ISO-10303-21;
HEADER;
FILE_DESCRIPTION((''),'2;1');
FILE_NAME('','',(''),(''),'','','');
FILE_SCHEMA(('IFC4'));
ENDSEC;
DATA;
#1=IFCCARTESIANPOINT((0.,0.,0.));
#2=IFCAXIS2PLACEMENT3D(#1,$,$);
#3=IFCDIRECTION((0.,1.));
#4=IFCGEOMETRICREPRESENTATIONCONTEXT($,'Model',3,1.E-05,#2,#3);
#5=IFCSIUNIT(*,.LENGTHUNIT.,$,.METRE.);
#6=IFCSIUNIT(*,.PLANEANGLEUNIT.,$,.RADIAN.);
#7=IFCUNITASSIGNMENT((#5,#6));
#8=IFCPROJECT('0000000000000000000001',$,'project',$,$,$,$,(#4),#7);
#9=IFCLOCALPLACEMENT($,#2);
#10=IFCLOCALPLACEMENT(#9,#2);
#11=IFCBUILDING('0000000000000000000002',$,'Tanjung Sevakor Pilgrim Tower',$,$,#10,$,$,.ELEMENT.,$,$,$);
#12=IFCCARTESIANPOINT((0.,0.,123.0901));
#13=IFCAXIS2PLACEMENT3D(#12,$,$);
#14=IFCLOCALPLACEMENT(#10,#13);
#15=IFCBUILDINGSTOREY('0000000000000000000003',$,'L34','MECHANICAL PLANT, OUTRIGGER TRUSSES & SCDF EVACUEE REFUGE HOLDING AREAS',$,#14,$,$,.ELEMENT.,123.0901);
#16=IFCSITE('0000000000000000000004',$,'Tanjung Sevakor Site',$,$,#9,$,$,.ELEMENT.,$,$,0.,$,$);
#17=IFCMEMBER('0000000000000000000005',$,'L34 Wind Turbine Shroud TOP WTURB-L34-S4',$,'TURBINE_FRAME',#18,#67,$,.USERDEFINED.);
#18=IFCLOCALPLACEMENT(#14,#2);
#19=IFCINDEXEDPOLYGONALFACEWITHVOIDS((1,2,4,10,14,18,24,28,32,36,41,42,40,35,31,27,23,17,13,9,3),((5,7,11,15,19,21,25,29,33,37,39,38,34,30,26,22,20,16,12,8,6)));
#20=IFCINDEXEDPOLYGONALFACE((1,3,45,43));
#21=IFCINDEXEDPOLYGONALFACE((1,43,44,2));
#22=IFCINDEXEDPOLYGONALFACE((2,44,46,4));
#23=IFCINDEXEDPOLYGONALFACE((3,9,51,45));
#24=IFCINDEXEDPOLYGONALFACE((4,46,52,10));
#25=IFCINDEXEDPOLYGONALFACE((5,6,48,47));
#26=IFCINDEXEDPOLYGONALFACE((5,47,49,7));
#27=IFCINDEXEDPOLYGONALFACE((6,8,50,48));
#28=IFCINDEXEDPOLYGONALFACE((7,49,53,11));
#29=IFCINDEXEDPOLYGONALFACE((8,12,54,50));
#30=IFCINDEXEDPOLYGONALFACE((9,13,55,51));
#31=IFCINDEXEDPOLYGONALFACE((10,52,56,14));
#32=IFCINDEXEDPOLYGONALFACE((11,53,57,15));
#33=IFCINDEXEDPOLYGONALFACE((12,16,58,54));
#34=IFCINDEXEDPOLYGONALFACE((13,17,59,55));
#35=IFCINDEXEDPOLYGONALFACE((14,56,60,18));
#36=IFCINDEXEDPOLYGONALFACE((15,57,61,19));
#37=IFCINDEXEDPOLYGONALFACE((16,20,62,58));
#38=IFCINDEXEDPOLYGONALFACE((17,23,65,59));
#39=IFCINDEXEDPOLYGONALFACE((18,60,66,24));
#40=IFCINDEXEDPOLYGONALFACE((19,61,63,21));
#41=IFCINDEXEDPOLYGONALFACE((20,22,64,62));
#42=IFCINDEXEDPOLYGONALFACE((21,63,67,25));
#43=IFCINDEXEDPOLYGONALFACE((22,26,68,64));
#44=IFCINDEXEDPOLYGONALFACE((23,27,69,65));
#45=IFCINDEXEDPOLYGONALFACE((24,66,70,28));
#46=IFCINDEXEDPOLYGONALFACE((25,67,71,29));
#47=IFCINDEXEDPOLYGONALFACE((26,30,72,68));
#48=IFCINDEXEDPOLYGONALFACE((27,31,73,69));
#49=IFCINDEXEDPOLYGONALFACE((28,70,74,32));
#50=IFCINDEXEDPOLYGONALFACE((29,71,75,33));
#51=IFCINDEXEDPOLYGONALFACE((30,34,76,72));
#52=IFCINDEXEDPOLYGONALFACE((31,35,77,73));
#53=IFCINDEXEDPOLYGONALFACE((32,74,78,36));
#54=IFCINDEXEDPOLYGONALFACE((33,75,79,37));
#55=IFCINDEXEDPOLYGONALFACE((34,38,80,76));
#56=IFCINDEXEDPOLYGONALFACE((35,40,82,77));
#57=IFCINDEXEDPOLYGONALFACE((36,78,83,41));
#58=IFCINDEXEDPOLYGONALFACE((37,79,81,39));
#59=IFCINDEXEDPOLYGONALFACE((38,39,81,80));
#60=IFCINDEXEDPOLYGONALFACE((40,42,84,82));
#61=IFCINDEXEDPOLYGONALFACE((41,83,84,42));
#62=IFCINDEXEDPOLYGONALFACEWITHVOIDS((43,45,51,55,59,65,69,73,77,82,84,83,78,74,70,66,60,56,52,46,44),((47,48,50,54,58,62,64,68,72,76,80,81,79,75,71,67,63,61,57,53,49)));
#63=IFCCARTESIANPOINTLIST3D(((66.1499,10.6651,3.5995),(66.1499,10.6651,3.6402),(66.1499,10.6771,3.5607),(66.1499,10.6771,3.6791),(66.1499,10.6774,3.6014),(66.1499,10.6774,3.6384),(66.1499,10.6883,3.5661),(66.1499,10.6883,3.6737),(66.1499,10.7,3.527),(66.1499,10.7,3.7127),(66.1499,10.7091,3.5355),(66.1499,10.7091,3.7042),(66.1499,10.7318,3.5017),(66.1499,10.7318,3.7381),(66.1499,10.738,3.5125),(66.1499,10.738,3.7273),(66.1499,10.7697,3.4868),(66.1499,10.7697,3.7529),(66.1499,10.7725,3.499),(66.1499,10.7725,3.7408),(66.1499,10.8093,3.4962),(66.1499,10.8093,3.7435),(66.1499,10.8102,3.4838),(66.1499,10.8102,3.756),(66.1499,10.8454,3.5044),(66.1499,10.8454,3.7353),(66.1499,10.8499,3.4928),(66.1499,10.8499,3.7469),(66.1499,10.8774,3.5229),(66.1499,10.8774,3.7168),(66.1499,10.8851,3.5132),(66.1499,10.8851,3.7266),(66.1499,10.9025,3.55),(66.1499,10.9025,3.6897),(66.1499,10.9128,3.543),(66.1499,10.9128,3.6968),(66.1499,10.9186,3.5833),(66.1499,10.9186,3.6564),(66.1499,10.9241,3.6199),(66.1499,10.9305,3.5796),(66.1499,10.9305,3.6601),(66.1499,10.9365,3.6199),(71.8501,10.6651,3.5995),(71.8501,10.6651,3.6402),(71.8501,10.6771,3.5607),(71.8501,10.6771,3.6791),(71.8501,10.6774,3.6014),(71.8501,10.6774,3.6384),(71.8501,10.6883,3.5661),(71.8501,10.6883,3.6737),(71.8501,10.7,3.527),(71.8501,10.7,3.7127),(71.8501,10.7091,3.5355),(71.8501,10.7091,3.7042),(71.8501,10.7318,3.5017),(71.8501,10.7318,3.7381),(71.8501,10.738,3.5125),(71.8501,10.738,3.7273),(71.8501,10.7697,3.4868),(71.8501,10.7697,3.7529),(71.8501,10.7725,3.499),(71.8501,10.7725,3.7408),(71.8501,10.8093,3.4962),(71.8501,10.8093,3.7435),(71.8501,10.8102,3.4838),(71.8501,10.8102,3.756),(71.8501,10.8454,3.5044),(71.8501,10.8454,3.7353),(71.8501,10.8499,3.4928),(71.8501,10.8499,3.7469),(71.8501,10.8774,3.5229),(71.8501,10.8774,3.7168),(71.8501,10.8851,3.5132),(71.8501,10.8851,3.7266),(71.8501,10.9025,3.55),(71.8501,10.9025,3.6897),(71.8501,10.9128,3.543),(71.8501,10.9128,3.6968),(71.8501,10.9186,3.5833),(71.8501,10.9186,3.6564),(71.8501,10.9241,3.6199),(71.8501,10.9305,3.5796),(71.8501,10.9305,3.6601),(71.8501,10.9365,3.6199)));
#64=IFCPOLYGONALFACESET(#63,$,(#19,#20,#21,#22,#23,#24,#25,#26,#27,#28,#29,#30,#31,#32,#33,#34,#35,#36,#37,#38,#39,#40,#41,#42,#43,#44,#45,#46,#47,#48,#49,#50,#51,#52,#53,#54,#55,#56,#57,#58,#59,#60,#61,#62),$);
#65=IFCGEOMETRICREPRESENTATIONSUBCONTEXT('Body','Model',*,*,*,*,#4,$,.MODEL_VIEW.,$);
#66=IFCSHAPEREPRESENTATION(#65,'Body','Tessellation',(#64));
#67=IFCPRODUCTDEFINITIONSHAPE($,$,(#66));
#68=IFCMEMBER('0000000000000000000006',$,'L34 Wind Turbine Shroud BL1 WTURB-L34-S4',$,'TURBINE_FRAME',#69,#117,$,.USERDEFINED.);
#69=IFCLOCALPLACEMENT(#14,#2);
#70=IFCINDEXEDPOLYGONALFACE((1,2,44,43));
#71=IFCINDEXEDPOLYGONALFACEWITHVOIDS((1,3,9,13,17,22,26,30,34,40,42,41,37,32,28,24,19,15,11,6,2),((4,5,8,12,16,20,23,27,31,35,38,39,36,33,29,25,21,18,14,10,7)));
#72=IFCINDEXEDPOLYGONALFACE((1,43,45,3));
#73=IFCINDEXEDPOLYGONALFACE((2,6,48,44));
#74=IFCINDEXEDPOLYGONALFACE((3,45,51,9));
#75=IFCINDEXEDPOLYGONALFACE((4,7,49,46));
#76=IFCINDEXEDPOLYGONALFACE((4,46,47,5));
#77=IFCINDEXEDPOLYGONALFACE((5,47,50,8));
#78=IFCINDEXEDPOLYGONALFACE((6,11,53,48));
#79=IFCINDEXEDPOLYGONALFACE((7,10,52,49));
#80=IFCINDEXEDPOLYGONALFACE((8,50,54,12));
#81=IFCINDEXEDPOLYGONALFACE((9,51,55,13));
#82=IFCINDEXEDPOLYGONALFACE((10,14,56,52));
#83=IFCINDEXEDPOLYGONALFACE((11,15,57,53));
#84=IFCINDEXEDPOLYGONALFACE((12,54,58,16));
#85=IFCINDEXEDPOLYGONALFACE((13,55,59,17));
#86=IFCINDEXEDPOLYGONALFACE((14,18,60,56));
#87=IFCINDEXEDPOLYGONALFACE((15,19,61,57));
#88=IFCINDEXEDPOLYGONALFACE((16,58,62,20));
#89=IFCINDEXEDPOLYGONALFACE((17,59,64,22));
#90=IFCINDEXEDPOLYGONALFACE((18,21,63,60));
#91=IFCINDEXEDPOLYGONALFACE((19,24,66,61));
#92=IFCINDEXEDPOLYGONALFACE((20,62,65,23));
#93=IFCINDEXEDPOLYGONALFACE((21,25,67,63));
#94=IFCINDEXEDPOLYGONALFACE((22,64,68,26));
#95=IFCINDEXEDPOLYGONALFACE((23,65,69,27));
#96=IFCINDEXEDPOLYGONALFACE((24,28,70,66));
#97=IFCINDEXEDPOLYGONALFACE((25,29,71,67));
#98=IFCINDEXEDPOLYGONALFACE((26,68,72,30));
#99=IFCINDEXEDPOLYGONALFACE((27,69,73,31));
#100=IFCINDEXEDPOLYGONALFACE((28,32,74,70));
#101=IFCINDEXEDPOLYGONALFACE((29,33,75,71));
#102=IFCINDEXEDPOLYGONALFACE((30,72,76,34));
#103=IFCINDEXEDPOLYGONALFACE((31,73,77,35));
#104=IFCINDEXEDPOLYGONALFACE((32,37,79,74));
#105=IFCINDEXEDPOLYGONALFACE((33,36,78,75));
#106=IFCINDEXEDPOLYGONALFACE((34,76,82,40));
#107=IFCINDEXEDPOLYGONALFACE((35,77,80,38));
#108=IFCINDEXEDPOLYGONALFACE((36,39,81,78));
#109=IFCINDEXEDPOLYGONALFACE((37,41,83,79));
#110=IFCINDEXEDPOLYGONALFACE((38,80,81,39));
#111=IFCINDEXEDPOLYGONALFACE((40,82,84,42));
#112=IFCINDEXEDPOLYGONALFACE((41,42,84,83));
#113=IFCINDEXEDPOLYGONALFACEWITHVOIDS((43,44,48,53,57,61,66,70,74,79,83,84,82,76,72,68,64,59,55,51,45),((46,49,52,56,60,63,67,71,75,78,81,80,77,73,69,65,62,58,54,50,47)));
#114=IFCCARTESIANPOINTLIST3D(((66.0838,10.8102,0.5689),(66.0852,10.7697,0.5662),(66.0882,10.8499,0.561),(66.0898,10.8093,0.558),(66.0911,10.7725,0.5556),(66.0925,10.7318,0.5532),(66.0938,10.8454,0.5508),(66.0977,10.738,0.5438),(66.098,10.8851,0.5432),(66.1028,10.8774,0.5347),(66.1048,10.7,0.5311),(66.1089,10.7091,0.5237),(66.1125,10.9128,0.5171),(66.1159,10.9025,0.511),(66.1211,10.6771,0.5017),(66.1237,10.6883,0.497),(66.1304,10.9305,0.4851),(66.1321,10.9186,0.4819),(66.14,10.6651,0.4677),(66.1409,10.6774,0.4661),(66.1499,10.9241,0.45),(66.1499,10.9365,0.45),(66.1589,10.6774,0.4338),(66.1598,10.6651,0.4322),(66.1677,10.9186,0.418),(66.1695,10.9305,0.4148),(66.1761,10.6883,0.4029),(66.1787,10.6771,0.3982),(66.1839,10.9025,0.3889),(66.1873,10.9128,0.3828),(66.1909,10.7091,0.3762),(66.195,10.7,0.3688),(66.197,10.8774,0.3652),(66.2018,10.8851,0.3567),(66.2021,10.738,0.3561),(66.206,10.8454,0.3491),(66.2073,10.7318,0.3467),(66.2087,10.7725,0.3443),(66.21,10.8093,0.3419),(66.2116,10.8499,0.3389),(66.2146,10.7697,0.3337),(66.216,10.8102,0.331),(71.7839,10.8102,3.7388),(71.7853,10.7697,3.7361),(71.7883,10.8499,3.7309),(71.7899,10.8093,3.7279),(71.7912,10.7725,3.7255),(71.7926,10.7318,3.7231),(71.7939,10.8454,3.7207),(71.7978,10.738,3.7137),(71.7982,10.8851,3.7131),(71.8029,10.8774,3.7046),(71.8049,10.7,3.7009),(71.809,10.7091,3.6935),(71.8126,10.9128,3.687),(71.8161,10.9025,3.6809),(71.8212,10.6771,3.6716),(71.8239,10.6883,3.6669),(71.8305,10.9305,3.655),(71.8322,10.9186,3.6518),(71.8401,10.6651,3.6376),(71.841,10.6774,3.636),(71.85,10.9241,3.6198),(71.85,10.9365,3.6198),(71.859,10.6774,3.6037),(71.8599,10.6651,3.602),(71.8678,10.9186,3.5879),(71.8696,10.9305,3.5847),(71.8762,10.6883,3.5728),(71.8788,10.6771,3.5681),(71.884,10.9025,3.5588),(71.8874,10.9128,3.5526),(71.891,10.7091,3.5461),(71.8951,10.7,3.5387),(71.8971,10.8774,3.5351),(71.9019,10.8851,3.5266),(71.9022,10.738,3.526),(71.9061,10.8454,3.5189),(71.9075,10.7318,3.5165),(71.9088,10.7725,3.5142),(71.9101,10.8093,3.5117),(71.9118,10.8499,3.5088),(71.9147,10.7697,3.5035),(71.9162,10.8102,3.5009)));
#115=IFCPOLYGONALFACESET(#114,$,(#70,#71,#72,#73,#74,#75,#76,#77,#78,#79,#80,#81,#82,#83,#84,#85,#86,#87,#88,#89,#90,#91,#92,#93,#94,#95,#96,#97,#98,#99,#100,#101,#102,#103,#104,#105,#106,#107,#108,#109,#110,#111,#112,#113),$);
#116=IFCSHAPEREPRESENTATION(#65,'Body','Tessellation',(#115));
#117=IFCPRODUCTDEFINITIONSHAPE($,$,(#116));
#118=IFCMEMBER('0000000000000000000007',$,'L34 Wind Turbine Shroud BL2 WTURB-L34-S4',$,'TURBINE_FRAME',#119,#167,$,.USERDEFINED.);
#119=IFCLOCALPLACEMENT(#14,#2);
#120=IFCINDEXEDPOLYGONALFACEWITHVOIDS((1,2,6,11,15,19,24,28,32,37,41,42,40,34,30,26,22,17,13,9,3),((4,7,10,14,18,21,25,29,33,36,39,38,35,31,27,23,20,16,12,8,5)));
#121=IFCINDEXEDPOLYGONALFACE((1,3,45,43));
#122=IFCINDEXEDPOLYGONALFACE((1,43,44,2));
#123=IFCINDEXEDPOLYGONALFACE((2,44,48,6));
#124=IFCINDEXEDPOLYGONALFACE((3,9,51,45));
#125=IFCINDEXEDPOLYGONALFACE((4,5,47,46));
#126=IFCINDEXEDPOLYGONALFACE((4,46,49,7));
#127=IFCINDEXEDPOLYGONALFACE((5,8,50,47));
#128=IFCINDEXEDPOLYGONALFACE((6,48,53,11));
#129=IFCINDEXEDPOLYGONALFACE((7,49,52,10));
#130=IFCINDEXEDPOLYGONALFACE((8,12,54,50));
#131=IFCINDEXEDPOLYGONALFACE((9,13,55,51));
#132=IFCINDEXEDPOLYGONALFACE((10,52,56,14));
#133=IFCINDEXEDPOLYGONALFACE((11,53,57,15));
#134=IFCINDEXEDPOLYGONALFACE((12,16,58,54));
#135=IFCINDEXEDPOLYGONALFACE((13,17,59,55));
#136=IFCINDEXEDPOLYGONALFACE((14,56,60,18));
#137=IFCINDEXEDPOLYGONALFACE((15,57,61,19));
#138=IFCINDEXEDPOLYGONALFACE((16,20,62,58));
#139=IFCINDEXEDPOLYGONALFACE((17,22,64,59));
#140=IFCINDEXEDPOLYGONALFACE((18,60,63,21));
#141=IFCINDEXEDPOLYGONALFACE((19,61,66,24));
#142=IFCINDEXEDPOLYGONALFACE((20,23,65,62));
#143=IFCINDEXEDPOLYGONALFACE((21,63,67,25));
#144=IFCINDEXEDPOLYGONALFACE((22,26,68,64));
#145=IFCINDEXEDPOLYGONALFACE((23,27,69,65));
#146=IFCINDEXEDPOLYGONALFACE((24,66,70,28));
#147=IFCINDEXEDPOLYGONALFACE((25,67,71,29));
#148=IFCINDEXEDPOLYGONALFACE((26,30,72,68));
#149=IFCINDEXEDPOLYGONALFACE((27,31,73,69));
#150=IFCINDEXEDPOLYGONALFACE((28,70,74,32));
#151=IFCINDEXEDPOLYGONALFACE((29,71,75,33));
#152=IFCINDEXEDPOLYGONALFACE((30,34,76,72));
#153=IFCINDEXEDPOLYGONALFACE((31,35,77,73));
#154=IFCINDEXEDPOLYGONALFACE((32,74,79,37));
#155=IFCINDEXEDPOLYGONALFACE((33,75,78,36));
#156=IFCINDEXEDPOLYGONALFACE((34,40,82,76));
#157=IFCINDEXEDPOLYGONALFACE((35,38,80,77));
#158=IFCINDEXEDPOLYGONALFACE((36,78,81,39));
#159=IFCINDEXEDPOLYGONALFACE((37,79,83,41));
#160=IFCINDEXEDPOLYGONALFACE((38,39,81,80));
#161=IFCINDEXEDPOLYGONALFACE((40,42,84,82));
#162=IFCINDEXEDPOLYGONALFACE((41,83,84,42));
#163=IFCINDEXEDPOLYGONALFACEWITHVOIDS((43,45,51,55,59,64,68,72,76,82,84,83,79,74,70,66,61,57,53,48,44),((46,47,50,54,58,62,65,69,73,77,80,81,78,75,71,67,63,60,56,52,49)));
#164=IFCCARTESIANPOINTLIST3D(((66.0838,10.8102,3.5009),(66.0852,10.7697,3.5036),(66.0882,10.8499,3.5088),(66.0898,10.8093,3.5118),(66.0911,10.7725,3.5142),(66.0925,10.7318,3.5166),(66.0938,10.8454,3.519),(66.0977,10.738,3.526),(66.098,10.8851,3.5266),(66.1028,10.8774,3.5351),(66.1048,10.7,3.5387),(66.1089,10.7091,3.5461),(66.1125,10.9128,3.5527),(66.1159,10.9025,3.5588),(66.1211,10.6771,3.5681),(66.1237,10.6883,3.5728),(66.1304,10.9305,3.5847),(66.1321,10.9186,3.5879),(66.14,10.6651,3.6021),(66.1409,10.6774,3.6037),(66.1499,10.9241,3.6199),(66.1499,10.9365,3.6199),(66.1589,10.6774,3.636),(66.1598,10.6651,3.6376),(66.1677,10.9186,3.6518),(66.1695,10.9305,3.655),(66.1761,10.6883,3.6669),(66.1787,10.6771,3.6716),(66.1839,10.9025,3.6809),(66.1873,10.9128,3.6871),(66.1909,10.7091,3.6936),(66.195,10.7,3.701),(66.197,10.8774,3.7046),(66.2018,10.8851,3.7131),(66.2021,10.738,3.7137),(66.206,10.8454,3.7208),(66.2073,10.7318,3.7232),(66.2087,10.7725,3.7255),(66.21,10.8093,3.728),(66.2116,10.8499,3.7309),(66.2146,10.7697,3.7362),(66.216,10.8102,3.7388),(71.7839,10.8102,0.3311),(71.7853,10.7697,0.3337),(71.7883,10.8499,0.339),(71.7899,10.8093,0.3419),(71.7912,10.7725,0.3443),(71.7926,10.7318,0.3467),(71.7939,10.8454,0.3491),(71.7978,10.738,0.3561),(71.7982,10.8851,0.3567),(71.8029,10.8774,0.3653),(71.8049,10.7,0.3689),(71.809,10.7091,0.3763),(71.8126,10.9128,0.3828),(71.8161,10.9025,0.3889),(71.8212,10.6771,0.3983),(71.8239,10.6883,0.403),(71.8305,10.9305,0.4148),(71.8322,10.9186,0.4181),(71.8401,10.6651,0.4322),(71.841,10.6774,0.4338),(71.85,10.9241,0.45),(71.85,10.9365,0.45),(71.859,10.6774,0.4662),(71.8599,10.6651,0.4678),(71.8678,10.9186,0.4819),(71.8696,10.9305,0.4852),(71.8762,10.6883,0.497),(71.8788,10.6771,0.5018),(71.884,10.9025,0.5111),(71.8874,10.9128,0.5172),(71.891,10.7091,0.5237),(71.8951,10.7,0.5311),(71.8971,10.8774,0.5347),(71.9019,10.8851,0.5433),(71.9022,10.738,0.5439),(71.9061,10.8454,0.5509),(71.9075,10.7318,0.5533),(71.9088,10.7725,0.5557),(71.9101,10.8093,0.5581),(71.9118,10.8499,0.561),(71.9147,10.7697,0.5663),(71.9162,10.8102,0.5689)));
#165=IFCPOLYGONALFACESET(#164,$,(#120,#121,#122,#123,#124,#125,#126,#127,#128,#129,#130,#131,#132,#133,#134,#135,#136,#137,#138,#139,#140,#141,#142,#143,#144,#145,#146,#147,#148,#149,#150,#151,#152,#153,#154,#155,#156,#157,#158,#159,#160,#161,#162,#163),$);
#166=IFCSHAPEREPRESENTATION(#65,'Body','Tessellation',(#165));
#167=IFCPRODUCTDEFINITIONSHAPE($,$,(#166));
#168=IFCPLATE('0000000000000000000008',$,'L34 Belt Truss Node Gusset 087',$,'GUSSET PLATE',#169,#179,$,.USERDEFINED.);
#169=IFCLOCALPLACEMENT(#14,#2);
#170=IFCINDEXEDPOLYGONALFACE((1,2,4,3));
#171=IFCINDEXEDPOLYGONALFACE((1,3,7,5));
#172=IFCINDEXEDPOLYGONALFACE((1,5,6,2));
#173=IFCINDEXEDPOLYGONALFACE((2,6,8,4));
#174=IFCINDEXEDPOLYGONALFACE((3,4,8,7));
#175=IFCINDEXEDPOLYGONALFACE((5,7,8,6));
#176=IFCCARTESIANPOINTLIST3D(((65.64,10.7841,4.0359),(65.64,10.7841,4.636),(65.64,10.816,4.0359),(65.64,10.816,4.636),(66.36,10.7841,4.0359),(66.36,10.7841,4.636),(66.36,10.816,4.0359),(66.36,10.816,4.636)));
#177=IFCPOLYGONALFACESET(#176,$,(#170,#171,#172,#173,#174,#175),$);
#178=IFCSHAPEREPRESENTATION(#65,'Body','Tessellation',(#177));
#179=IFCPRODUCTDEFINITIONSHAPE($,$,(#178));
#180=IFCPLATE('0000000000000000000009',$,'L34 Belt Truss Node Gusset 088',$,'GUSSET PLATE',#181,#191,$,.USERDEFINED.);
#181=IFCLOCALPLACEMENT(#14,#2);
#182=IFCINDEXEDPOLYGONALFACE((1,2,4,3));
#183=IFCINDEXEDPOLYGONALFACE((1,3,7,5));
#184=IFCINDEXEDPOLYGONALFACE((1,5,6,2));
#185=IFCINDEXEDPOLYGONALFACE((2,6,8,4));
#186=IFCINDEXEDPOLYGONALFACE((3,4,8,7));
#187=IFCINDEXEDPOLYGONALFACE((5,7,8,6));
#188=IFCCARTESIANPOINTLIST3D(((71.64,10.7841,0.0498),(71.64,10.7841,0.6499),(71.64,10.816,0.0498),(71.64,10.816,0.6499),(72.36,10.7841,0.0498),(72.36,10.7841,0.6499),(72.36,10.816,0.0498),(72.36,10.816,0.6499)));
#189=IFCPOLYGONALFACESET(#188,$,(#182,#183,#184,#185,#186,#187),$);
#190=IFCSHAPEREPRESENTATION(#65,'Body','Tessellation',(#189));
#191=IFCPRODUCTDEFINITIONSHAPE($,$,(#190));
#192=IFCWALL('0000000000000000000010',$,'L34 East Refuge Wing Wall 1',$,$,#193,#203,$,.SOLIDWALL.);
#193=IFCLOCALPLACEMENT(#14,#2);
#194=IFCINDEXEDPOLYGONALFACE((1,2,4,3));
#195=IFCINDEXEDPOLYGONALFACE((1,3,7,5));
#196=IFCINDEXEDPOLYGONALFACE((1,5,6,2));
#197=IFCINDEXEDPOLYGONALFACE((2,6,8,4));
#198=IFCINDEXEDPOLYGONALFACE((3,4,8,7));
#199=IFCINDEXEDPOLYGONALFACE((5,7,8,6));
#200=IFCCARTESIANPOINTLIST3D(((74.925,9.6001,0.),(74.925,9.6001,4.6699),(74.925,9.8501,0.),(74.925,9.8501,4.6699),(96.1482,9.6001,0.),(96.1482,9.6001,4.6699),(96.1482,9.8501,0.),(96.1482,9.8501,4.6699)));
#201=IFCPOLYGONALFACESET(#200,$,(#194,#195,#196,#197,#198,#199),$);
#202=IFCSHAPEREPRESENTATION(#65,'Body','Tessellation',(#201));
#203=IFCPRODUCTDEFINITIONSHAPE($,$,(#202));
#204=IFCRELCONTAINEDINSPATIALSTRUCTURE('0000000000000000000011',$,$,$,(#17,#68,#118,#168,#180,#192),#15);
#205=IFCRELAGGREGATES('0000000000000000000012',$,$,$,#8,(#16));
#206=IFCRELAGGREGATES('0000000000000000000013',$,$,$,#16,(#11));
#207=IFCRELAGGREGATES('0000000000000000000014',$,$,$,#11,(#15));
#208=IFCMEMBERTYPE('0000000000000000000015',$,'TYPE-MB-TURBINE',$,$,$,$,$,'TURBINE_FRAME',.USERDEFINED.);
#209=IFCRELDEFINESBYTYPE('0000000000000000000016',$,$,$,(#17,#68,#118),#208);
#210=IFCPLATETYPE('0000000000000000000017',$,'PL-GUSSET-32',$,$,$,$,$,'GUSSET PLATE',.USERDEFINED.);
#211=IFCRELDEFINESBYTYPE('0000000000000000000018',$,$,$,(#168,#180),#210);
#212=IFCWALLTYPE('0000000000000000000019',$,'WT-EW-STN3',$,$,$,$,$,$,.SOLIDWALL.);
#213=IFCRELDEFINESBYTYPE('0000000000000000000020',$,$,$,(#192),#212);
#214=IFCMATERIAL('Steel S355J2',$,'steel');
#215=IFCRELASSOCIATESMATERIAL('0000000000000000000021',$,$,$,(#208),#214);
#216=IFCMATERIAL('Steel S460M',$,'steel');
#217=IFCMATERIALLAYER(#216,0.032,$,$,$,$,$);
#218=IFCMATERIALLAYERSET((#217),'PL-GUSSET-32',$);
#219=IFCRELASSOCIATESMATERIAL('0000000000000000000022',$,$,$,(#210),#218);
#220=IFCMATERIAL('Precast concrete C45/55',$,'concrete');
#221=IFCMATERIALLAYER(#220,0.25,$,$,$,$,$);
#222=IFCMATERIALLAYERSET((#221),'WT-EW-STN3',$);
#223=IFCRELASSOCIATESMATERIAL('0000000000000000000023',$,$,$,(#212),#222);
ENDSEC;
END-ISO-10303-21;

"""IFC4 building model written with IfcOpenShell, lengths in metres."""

from ifc_helpers import new_model, si_unit, direction, frame, frame_2d, origin, origin_2d, place, context, subcontext, project, spatial, rectangle, hollow_circle, extrude, material, layer, layer_set, material_profile, profile_set, type_object, element, save


model = new_model("IFC4")

# Units and contexts
model_context = context("Model", 3, precision=1e-05, world=origin(), true_north=direction((0.0, 1.0)))
body_context = subcontext(model_context, "Body", "Model", "MODEL_VIEW")
ifc_project = project(units=[si_unit("LENGTHUNIT", "METRE"), si_unit("PLANEANGLEUNIT", "RADIAN")], contexts=[model_context])

# Site, building, storey
site_placement = place(None, origin())
site = spatial("IfcSite", under=ifc_project, at=site_placement, Name="Tanjung Sevakor Site", CompositionType="ELEMENT", RefElevation=0.0)
building_placement = place(site_placement, origin())
building = spatial("IfcBuilding", under=site, at=building_placement, Name="Tanjung Sevakor Pilgrim Tower", CompositionType="ELEMENT")
storey_placement = place(building_placement, frame((0.0, 0.0, 123.0901)))
storey = spatial("IfcBuildingStorey", under=building, at=storey_placement, Name="L34", Description="MECHANICAL PLANT, OUTRIGGER TRUSSES & SCDF EVACUEE REFUGE HOLDING AREAS", CompositionType="ELEMENT", Elevation=123.0901)

# Members
ifc_material_1 = material(Name="Steel S355J2", Category="steel")
ifc_material_profile_1 = material_profile(ifc_material_1, hollow_circle(Radius=0.1365, WallThickness=0.0125, at=origin_2d()))
ifc_profile_set_1 = profile_set([ifc_material_profile_1], Name="Steel S355J2")
member_type_1 = type_object("IfcMemberType", Name="TYPE-MB-TURBINE", ElementType="TURBINE_FRAME", PredefinedType="USERDEFINED", material=ifc_profile_set_1)
for number, where, z_axis, x_axis, name in (
    (1, (66.1499, 10.8, 3.6199), (1.0, 0.0, 0.0), (0.0, 1.0, 0.0), "L34 Wind Turbine Shroud TOP WTURB-L34-S4"),
):
    element("IfcMember", number, at=place(storey_placement, frame(where, z_axis=z_axis, x_axis=x_axis)), inside=storey, type_object=member_type_1, Name=name, ObjectType="TURBINE_FRAME", PredefinedType="USERDEFINED", context=body_context, shape_type="SweptSolid", body=[
        extrude(hollow_circle(Radius=0.1365, WallThickness=0.0125, at=origin_2d()), origin(), (0.0, 0.0, 1.0), 5.7002),
    ])
for number, where, z_axis, x_axis, name in (
    (2, (66.1499, 10.8, 0.45), (0.873952, 0.0, 0.486012), (0.0, 1.0, 0.0), "L34 Wind Turbine Shroud BL1 WTURB-L34-S4"),
    (3, (66.1499, 10.8, 3.6199), (0.873952, 0.0, -0.486012), (0.0, 1.0, 0.0), "L34 Wind Turbine Shroud BL2 WTURB-L34-S4"),
):
    element("IfcMember", number, at=place(storey_placement, frame(where, z_axis=z_axis, x_axis=x_axis)), inside=storey, type_object=member_type_1, Name=name, ObjectType="TURBINE_FRAME", PredefinedType="USERDEFINED", context=body_context, shape_type="SweptSolid", body=[
        extrude(hollow_circle(Radius=0.1365, WallThickness=0.0125, at=origin_2d()), origin(), (0.0, 0.0, 1.0), 6.5222),
    ])

# Plates
ifc_material_2 = material(Name="Steel S460M", Category="steel")
ifc_layer_1 = layer(ifc_material_2, 0.032)
ifc_layer_set_1 = layer_set([ifc_layer_1], Name="PL-GUSSET-32")
plate_type = type_object("IfcPlateType", Name="PL-GUSSET-32", ElementType="GUSSET PLATE", PredefinedType="USERDEFINED", material=ifc_layer_set_1)
for number, where, z_axis, x_axis, name in (
    (4, (66.0, 10.8, 4.0359), (0.0, 0.0, 1.0), (1.0, 0.0, 0.0), "L34 Belt Truss Node Gusset 087"),
    (5, (72.0, 10.8, 0.0498), (0.0, 0.0, 1.0), (1.0, 0.0, 0.0), "L34 Belt Truss Node Gusset 088"),
):
    element("IfcPlate", number, at=place(storey_placement, frame(where, z_axis=z_axis, x_axis=x_axis)), inside=storey, type_object=plate_type, Name=name, ObjectType="GUSSET PLATE", PredefinedType="USERDEFINED", context=body_context, shape_type="SweptSolid", body=[
        extrude(rectangle(XDim=0.72, YDim=0.032, at=origin_2d()), origin(), (0.0, 0.0, 1.0), 0.6001),
    ])

# Wall
ifc_material_3 = material(Name="Precast concrete C45/55", Category="concrete")
ifc_layer_2 = layer(ifc_material_3, 0.25)
ifc_layer_set_2 = layer_set([ifc_layer_2], Name="WT-EW-STN3")
wall_type = type_object("IfcWallType", Name="WT-EW-STN3", PredefinedType="SOLIDWALL", material=ifc_layer_set_2)
wall_placement = place(storey_placement, frame((74.925, 9.7251, 0.0), z_axis=(0.0, 0.0, 1.0), x_axis=(1.0, 0.0, 0.0)))
element("IfcWall", 6, at=wall_placement, inside=storey, type_object=wall_type, Name="L34 East Refuge Wing Wall 1", PredefinedType="SOLIDWALL", context=body_context, shape_type="SweptSolid", body=[
    extrude(rectangle(XDim=21.2231, YDim=0.25, at=frame_2d((10.6116, 0.0))), origin(), (0.0, 0.0, 1.0), 4.6699),
])

save(model, "model.ifc")
